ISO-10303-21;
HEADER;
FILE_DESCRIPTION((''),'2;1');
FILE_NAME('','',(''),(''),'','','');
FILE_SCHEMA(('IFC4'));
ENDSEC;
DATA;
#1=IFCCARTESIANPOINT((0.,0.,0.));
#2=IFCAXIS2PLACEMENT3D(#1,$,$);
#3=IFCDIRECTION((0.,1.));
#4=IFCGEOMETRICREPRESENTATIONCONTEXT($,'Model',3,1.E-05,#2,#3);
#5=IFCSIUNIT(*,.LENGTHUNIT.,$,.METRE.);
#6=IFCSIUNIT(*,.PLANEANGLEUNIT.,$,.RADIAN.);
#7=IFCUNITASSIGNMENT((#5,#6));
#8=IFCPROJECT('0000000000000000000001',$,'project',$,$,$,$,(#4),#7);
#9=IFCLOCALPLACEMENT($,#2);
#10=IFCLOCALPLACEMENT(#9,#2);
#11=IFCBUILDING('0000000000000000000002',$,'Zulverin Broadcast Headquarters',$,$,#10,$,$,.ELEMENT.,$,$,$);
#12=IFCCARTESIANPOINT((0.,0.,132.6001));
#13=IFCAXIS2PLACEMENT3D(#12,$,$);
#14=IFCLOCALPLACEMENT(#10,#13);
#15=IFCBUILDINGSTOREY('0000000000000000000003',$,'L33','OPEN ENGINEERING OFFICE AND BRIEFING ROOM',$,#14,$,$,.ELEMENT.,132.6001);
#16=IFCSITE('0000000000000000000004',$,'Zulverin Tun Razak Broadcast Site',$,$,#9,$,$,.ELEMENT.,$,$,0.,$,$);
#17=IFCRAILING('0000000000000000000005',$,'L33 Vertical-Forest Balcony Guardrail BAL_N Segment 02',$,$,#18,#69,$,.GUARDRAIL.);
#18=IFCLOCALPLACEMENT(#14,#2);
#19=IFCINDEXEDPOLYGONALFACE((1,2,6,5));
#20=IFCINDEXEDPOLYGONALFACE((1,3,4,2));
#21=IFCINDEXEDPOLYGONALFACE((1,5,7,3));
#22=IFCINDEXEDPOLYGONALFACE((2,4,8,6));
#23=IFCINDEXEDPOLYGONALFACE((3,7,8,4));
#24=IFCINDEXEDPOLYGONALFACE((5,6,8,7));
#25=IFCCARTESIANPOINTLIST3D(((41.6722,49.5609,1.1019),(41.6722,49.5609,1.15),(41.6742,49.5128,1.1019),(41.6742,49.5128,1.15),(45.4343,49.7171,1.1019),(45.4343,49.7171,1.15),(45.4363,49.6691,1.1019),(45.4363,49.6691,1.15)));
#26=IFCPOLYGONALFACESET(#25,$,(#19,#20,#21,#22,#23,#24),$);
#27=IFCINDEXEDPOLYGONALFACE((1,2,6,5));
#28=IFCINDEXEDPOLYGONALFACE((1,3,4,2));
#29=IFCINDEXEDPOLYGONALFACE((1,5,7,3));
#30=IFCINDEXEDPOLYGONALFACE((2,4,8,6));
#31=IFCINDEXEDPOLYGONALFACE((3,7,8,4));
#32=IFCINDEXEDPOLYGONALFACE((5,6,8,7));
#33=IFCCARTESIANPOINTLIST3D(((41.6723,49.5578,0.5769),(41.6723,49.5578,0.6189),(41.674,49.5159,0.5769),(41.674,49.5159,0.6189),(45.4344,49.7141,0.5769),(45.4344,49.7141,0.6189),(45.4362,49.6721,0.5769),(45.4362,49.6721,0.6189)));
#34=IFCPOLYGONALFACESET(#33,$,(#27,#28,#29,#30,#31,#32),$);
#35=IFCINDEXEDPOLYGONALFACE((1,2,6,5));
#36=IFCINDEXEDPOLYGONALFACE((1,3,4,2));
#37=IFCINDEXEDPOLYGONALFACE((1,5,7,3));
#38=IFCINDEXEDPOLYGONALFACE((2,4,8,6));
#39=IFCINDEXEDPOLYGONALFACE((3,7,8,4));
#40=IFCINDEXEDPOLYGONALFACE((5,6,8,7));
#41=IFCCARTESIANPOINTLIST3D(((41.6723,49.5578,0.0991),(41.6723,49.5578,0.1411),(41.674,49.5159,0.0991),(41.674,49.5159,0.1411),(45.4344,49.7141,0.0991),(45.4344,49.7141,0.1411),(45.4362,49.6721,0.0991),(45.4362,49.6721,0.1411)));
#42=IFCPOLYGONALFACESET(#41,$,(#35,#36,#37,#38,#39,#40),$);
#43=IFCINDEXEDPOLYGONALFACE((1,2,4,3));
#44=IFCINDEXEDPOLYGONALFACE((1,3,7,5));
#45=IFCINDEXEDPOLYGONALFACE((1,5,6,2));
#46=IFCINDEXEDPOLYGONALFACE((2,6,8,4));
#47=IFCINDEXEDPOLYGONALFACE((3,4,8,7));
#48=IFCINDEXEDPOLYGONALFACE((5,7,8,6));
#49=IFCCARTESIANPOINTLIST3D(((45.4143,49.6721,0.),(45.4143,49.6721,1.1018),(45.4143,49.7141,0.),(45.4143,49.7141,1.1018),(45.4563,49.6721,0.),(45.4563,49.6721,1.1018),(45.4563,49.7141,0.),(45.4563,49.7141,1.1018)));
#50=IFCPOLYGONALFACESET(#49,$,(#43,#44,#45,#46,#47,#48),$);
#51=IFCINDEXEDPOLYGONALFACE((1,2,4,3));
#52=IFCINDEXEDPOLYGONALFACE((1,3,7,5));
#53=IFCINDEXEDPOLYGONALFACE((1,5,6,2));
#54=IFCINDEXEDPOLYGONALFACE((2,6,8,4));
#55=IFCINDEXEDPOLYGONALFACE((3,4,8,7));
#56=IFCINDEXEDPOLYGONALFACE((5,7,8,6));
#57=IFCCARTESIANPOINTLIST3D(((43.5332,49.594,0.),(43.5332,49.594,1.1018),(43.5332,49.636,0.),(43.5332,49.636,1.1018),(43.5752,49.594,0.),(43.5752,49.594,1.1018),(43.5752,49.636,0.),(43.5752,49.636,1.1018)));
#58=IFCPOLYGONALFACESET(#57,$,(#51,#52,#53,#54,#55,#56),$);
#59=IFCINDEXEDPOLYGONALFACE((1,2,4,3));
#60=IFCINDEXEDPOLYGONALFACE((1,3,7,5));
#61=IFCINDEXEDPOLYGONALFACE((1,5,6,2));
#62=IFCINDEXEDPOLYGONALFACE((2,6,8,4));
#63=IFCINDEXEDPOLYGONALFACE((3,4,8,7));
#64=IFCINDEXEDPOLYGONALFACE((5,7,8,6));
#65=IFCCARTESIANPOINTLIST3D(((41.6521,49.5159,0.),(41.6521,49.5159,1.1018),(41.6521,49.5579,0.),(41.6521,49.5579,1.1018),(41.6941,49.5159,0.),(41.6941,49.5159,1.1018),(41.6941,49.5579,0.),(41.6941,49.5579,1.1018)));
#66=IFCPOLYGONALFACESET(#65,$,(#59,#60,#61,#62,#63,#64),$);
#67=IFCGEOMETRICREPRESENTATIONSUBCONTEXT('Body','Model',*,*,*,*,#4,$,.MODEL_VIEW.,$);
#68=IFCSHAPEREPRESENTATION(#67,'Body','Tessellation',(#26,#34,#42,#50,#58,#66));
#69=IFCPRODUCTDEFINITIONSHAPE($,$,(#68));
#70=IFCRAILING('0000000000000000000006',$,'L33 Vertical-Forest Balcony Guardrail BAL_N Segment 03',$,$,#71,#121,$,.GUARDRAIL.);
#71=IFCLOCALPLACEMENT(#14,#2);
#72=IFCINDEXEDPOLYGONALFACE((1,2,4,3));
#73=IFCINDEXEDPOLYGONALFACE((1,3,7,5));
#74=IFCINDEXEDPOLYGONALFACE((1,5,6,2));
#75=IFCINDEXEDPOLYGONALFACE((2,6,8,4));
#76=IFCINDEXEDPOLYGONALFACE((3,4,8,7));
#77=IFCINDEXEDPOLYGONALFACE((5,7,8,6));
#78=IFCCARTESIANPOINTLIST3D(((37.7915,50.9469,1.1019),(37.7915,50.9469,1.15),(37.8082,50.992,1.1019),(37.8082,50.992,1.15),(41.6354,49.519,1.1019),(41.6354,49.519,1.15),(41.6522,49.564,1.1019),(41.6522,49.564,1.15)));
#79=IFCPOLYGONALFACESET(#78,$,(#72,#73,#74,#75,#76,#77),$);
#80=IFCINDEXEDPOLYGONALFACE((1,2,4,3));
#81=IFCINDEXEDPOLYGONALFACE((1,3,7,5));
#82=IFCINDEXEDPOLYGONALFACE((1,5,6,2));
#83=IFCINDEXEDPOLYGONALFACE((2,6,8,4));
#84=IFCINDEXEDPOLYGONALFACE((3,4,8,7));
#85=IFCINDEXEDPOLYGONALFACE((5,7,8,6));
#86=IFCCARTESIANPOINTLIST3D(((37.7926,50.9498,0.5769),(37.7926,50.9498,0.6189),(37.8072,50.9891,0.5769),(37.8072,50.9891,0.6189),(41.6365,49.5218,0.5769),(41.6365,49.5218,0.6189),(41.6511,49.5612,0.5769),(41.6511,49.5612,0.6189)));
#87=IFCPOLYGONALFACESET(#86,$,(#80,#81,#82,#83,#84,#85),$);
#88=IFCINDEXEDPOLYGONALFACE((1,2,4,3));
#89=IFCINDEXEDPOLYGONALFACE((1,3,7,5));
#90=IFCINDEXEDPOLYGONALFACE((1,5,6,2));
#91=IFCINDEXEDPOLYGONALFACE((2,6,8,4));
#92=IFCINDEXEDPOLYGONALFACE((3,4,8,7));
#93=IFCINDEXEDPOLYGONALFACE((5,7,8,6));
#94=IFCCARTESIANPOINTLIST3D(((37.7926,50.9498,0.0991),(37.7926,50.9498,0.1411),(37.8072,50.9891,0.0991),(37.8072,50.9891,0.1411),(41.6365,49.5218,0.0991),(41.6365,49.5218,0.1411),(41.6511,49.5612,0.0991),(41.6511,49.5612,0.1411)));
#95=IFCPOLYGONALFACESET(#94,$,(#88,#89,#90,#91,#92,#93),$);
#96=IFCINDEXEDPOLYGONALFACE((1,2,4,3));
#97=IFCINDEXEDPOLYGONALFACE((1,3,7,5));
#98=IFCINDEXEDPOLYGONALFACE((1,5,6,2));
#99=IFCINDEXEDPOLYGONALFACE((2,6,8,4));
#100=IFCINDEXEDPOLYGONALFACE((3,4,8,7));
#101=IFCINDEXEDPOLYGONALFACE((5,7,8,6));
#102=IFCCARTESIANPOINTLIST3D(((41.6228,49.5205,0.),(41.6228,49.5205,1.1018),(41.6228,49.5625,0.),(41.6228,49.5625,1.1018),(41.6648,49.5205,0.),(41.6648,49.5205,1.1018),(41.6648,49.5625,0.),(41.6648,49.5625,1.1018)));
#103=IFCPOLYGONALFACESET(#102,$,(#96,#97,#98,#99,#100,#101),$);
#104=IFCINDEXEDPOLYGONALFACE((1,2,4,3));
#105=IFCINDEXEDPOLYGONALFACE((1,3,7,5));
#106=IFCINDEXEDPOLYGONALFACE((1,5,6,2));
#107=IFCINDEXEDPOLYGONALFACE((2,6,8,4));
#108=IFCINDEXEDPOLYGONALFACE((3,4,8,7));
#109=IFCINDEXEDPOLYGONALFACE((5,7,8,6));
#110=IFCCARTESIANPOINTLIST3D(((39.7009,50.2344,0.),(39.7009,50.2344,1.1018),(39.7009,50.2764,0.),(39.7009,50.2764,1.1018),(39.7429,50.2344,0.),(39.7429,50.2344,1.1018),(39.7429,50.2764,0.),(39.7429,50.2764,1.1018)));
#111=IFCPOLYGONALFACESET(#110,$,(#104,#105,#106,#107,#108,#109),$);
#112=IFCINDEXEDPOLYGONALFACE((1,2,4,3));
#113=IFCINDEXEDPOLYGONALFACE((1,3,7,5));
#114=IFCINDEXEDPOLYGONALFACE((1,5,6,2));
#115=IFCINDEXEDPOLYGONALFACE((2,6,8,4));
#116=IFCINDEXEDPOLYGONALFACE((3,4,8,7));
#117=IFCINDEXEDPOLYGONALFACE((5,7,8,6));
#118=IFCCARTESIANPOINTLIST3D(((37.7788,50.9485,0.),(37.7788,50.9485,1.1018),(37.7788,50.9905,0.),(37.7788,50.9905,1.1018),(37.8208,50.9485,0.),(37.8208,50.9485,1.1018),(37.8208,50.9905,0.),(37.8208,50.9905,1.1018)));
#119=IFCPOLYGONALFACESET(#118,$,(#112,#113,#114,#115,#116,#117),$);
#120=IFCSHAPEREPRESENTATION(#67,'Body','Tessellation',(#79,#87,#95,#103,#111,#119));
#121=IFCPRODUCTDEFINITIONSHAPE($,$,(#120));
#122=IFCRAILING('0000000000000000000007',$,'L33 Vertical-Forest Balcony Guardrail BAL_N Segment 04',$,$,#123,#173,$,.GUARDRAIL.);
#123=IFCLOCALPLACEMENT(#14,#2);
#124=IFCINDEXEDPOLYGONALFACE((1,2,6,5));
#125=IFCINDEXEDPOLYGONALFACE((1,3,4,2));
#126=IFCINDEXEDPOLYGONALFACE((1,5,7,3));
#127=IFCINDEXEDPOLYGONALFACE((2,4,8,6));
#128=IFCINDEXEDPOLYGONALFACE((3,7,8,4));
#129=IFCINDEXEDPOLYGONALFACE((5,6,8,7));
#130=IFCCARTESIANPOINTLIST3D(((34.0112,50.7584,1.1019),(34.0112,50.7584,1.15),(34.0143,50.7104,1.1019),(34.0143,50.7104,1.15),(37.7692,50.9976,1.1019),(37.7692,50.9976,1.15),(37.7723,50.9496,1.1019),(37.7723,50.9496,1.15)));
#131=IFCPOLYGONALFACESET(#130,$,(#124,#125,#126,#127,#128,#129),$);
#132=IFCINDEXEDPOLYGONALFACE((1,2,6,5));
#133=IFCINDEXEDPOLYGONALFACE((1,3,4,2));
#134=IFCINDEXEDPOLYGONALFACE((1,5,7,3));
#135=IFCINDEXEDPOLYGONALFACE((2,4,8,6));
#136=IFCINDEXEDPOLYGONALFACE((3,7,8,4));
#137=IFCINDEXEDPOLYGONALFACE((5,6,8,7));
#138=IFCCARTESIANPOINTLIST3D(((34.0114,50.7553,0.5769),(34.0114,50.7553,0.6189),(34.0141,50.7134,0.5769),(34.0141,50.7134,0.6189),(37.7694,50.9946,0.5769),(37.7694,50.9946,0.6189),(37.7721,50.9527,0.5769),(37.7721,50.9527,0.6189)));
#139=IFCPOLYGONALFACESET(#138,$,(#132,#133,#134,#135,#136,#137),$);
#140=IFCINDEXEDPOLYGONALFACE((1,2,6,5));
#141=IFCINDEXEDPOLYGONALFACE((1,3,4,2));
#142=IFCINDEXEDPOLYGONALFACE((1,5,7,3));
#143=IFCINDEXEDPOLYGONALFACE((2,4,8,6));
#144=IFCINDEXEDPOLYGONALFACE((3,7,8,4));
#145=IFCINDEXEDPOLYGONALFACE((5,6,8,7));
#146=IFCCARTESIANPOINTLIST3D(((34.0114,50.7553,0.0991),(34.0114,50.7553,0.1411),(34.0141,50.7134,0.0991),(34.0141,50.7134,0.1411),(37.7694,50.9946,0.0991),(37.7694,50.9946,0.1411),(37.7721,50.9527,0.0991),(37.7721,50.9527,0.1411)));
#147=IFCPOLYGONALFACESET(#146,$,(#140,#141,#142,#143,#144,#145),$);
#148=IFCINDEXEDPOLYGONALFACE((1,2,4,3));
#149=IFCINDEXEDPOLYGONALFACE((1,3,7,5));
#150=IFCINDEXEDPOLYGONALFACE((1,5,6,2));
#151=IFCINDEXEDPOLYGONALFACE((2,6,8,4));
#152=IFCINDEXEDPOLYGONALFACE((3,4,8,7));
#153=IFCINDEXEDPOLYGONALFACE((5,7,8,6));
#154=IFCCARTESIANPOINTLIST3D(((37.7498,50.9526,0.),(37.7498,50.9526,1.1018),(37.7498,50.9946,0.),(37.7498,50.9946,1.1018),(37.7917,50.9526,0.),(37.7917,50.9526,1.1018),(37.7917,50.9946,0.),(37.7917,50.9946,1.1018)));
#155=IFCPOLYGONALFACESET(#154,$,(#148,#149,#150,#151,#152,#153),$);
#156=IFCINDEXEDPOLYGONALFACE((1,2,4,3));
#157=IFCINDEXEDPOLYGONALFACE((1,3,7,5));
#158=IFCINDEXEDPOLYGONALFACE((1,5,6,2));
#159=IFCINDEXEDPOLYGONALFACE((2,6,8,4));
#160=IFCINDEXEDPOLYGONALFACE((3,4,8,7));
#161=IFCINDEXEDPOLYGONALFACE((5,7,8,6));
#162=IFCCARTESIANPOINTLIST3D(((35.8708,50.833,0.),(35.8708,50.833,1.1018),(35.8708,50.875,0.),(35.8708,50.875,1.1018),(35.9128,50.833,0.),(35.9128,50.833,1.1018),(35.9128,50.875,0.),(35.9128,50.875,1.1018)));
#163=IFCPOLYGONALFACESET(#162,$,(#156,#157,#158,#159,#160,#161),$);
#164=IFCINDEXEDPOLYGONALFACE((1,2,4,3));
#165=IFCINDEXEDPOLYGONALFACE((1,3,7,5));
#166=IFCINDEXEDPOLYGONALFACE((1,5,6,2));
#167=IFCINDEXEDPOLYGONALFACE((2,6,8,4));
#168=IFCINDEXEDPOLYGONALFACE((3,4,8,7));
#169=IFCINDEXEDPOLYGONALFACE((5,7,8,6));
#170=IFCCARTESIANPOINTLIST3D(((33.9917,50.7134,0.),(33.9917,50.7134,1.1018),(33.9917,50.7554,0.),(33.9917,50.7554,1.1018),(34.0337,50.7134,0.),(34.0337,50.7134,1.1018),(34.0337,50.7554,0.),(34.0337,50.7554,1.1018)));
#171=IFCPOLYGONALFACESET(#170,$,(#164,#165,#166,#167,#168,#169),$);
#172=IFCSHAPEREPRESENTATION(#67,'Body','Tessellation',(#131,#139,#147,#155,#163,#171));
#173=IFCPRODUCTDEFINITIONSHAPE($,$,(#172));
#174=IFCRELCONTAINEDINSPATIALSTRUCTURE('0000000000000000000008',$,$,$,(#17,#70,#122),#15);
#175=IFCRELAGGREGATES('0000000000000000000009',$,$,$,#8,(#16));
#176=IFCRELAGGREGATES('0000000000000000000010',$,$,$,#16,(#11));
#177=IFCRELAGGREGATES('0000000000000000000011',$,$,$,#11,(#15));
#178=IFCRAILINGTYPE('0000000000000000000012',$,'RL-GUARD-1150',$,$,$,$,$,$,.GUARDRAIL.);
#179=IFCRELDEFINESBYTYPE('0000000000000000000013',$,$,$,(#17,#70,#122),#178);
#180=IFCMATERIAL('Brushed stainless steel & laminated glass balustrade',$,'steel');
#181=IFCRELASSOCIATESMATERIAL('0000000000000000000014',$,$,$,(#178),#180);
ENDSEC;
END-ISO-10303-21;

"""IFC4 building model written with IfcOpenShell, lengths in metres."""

from ifc_helpers import new_model, si_unit, direction, frame, origin, origin_2d, place, context, subcontext, project, spatial, rectangle, extrude, material, type_object, element, save


model = new_model("IFC4")

# Units and contexts
model_context = context("Model", 3, precision=1e-05, world=origin(), true_north=direction((0.0, 1.0)))
body_context = subcontext(model_context, "Body", "Model", "MODEL_VIEW")
ifc_project = project(units=[si_unit("LENGTHUNIT", "METRE"), si_unit("PLANEANGLEUNIT", "RADIAN")], contexts=[model_context])

# Site, building, storey
site_placement = place(None, origin())
site = spatial("IfcSite", under=ifc_project, at=site_placement, Name="Zulverin Tun Razak Broadcast Site", CompositionType="ELEMENT", RefElevation=0.0)
building_placement = place(site_placement, origin())
building = spatial("IfcBuilding", under=site, at=building_placement, Name="Zulverin Broadcast Headquarters", CompositionType="ELEMENT")
storey_placement = place(building_placement, frame((0.0, 0.0, 132.6001)))
storey = spatial("IfcBuildingStorey", under=building, at=storey_placement, Name="L33", Description="OPEN ENGINEERING OFFICE AND BRIEFING ROOM", CompositionType="ELEMENT", Elevation=132.6001)

# Railings
ifc_material_1 = material(Name="Brushed stainless steel & laminated glass balustrade", Category="steel")
railing_type_1 = type_object("IfcRailingType", Name="RL-GUARD-1150", PredefinedType="GUARDRAIL", material=ifc_material_1)
railing_1_placement = place(storey_placement, frame((45.4353, 49.6931, 0.0)))
element("IfcRailing", 1, at=railing_1_placement, inside=storey, type_object=railing_type_1, Name="L33 Vertical-Forest Balcony Guardrail BAL_N Segment 02", PredefinedType="GUARDRAIL", context=body_context, shape_type="SweptSolid", body=[
    extrude(rectangle(XDim=0.0481, YDim=0.0481, at=origin_2d()), frame((0.0, 0.0, 1.126), z_axis=(-0.999139, -0.041496, 0.0), x_axis=(0.041496, -0.999139, 0.0)), (0.0, 0.0, 1.0), 3.7654),
    extrude(rectangle(XDim=0.042, YDim=0.042, at=origin_2d()), frame((0.0, 0.0, 0.5979), z_axis=(-0.999139, -0.041496, 0.0), x_axis=(0.041496, -0.999139, 0.0)), (0.0, 0.0, 1.0), 3.7654),
    extrude(rectangle(XDim=0.042, YDim=0.042, at=origin_2d()), frame((0.0, 0.0, 0.1201), z_axis=(-0.999139, -0.041496, 0.0), x_axis=(0.041496, -0.999139, 0.0)), (0.0, 0.0, 1.0), 3.7654),
    extrude(rectangle(XDim=0.042, YDim=0.042, at=origin_2d()), origin(), (0.0, 0.0, 1.0), 1.1018),
    extrude(rectangle(XDim=0.042, YDim=0.042, at=origin_2d()), frame((-1.8811, -0.0781, 0.0)), (0.0, 0.0, 1.0), 1.1018),
    extrude(rectangle(XDim=0.042, YDim=0.042, at=origin_2d()), frame((-3.7622, -0.1562, 0.0)), (0.0, 0.0, 1.0), 1.1018),
])
railing_2_placement = place(storey_placement, frame((41.6438, 49.5415, 0.0)))
element("IfcRailing", 2, at=railing_2_placement, inside=storey, type_object=railing_type_1, Name="L33 Vertical-Forest Balcony Guardrail BAL_N Segment 03", PredefinedType="GUARDRAIL", context=body_context, shape_type="SweptSolid", body=[
    extrude(rectangle(XDim=0.0481, YDim=0.0481, at=origin_2d()), frame((0.0, 0.0, 1.126), z_axis=(-0.937409, 0.348231, 0.0), x_axis=(-0.348231, -0.937409, 0.0)), (0.0, 0.0, 1.0), 4.1006),
    extrude(rectangle(XDim=0.042, YDim=0.042, at=origin_2d()), frame((0.0, 0.0, 0.5979), z_axis=(-0.937409, 0.348231, 0.0), x_axis=(-0.348231, -0.937409, 0.0)), (0.0, 0.0, 1.0), 4.1006),
    extrude(rectangle(XDim=0.042, YDim=0.042, at=origin_2d()), frame((0.0, 0.0, 0.1201), z_axis=(-0.937409, 0.348231, 0.0), x_axis=(-0.348231, -0.937409, 0.0)), (0.0, 0.0, 1.0), 4.1006),
    extrude(rectangle(XDim=0.042, YDim=0.042, at=origin_2d()), origin(), (0.0, 0.0, 1.0), 1.1018),
    extrude(rectangle(XDim=0.042, YDim=0.042, at=origin_2d()), frame((-1.9219, 0.7139, 0.0)), (0.0, 0.0, 1.0), 1.1018),
    extrude(rectangle(XDim=0.042, YDim=0.042, at=origin_2d()), frame((-3.844, 1.428, 0.0)), (0.0, 0.0, 1.0), 1.1018),
])
railing_3_placement = place(storey_placement, frame((37.7708, 50.9736, 0.0)))
element("IfcRailing", 3, at=railing_3_placement, inside=storey, type_object=railing_type_1, Name="L33 Vertical-Forest Balcony Guardrail BAL_N Segment 04", PredefinedType="GUARDRAIL", context=body_context, shape_type="SweptSolid", body=[
    extrude(rectangle(XDim=0.0481, YDim=0.0481, at=origin_2d()), frame((0.0, 0.0, 1.126), z_axis=(-0.99798, -0.063537, 0.0), x_axis=(0.063537, -0.99798, 0.0)), (0.0, 0.0, 1.0), 3.7656),
    extrude(rectangle(XDim=0.042, YDim=0.042, at=origin_2d()), frame((0.0, 0.0, 0.5979), z_axis=(-0.99798, -0.063537, 0.0), x_axis=(0.063537, -0.99798, 0.0)), (0.0, 0.0, 1.0), 3.7656),
    extrude(rectangle(XDim=0.042, YDim=0.042, at=origin_2d()), frame((0.0, 0.0, 0.1201), z_axis=(-0.99798, -0.063537, 0.0), x_axis=(0.063537, -0.99798, 0.0)), (0.0, 0.0, 1.0), 3.7656),
    extrude(rectangle(XDim=0.042, YDim=0.042, at=origin_2d()), origin(), (0.0, 0.0, 1.0), 1.1018),
    extrude(rectangle(XDim=0.042, YDim=0.042, at=origin_2d()), frame((-1.8789, -0.1196, 0.0)), (0.0, 0.0, 1.0), 1.1018),
    extrude(rectangle(XDim=0.042, YDim=0.042, at=origin_2d()), frame((-3.7581, -0.2393, 0.0)), (0.0, 0.0, 1.0), 1.1018),
])

save(model, "model.ifc")
